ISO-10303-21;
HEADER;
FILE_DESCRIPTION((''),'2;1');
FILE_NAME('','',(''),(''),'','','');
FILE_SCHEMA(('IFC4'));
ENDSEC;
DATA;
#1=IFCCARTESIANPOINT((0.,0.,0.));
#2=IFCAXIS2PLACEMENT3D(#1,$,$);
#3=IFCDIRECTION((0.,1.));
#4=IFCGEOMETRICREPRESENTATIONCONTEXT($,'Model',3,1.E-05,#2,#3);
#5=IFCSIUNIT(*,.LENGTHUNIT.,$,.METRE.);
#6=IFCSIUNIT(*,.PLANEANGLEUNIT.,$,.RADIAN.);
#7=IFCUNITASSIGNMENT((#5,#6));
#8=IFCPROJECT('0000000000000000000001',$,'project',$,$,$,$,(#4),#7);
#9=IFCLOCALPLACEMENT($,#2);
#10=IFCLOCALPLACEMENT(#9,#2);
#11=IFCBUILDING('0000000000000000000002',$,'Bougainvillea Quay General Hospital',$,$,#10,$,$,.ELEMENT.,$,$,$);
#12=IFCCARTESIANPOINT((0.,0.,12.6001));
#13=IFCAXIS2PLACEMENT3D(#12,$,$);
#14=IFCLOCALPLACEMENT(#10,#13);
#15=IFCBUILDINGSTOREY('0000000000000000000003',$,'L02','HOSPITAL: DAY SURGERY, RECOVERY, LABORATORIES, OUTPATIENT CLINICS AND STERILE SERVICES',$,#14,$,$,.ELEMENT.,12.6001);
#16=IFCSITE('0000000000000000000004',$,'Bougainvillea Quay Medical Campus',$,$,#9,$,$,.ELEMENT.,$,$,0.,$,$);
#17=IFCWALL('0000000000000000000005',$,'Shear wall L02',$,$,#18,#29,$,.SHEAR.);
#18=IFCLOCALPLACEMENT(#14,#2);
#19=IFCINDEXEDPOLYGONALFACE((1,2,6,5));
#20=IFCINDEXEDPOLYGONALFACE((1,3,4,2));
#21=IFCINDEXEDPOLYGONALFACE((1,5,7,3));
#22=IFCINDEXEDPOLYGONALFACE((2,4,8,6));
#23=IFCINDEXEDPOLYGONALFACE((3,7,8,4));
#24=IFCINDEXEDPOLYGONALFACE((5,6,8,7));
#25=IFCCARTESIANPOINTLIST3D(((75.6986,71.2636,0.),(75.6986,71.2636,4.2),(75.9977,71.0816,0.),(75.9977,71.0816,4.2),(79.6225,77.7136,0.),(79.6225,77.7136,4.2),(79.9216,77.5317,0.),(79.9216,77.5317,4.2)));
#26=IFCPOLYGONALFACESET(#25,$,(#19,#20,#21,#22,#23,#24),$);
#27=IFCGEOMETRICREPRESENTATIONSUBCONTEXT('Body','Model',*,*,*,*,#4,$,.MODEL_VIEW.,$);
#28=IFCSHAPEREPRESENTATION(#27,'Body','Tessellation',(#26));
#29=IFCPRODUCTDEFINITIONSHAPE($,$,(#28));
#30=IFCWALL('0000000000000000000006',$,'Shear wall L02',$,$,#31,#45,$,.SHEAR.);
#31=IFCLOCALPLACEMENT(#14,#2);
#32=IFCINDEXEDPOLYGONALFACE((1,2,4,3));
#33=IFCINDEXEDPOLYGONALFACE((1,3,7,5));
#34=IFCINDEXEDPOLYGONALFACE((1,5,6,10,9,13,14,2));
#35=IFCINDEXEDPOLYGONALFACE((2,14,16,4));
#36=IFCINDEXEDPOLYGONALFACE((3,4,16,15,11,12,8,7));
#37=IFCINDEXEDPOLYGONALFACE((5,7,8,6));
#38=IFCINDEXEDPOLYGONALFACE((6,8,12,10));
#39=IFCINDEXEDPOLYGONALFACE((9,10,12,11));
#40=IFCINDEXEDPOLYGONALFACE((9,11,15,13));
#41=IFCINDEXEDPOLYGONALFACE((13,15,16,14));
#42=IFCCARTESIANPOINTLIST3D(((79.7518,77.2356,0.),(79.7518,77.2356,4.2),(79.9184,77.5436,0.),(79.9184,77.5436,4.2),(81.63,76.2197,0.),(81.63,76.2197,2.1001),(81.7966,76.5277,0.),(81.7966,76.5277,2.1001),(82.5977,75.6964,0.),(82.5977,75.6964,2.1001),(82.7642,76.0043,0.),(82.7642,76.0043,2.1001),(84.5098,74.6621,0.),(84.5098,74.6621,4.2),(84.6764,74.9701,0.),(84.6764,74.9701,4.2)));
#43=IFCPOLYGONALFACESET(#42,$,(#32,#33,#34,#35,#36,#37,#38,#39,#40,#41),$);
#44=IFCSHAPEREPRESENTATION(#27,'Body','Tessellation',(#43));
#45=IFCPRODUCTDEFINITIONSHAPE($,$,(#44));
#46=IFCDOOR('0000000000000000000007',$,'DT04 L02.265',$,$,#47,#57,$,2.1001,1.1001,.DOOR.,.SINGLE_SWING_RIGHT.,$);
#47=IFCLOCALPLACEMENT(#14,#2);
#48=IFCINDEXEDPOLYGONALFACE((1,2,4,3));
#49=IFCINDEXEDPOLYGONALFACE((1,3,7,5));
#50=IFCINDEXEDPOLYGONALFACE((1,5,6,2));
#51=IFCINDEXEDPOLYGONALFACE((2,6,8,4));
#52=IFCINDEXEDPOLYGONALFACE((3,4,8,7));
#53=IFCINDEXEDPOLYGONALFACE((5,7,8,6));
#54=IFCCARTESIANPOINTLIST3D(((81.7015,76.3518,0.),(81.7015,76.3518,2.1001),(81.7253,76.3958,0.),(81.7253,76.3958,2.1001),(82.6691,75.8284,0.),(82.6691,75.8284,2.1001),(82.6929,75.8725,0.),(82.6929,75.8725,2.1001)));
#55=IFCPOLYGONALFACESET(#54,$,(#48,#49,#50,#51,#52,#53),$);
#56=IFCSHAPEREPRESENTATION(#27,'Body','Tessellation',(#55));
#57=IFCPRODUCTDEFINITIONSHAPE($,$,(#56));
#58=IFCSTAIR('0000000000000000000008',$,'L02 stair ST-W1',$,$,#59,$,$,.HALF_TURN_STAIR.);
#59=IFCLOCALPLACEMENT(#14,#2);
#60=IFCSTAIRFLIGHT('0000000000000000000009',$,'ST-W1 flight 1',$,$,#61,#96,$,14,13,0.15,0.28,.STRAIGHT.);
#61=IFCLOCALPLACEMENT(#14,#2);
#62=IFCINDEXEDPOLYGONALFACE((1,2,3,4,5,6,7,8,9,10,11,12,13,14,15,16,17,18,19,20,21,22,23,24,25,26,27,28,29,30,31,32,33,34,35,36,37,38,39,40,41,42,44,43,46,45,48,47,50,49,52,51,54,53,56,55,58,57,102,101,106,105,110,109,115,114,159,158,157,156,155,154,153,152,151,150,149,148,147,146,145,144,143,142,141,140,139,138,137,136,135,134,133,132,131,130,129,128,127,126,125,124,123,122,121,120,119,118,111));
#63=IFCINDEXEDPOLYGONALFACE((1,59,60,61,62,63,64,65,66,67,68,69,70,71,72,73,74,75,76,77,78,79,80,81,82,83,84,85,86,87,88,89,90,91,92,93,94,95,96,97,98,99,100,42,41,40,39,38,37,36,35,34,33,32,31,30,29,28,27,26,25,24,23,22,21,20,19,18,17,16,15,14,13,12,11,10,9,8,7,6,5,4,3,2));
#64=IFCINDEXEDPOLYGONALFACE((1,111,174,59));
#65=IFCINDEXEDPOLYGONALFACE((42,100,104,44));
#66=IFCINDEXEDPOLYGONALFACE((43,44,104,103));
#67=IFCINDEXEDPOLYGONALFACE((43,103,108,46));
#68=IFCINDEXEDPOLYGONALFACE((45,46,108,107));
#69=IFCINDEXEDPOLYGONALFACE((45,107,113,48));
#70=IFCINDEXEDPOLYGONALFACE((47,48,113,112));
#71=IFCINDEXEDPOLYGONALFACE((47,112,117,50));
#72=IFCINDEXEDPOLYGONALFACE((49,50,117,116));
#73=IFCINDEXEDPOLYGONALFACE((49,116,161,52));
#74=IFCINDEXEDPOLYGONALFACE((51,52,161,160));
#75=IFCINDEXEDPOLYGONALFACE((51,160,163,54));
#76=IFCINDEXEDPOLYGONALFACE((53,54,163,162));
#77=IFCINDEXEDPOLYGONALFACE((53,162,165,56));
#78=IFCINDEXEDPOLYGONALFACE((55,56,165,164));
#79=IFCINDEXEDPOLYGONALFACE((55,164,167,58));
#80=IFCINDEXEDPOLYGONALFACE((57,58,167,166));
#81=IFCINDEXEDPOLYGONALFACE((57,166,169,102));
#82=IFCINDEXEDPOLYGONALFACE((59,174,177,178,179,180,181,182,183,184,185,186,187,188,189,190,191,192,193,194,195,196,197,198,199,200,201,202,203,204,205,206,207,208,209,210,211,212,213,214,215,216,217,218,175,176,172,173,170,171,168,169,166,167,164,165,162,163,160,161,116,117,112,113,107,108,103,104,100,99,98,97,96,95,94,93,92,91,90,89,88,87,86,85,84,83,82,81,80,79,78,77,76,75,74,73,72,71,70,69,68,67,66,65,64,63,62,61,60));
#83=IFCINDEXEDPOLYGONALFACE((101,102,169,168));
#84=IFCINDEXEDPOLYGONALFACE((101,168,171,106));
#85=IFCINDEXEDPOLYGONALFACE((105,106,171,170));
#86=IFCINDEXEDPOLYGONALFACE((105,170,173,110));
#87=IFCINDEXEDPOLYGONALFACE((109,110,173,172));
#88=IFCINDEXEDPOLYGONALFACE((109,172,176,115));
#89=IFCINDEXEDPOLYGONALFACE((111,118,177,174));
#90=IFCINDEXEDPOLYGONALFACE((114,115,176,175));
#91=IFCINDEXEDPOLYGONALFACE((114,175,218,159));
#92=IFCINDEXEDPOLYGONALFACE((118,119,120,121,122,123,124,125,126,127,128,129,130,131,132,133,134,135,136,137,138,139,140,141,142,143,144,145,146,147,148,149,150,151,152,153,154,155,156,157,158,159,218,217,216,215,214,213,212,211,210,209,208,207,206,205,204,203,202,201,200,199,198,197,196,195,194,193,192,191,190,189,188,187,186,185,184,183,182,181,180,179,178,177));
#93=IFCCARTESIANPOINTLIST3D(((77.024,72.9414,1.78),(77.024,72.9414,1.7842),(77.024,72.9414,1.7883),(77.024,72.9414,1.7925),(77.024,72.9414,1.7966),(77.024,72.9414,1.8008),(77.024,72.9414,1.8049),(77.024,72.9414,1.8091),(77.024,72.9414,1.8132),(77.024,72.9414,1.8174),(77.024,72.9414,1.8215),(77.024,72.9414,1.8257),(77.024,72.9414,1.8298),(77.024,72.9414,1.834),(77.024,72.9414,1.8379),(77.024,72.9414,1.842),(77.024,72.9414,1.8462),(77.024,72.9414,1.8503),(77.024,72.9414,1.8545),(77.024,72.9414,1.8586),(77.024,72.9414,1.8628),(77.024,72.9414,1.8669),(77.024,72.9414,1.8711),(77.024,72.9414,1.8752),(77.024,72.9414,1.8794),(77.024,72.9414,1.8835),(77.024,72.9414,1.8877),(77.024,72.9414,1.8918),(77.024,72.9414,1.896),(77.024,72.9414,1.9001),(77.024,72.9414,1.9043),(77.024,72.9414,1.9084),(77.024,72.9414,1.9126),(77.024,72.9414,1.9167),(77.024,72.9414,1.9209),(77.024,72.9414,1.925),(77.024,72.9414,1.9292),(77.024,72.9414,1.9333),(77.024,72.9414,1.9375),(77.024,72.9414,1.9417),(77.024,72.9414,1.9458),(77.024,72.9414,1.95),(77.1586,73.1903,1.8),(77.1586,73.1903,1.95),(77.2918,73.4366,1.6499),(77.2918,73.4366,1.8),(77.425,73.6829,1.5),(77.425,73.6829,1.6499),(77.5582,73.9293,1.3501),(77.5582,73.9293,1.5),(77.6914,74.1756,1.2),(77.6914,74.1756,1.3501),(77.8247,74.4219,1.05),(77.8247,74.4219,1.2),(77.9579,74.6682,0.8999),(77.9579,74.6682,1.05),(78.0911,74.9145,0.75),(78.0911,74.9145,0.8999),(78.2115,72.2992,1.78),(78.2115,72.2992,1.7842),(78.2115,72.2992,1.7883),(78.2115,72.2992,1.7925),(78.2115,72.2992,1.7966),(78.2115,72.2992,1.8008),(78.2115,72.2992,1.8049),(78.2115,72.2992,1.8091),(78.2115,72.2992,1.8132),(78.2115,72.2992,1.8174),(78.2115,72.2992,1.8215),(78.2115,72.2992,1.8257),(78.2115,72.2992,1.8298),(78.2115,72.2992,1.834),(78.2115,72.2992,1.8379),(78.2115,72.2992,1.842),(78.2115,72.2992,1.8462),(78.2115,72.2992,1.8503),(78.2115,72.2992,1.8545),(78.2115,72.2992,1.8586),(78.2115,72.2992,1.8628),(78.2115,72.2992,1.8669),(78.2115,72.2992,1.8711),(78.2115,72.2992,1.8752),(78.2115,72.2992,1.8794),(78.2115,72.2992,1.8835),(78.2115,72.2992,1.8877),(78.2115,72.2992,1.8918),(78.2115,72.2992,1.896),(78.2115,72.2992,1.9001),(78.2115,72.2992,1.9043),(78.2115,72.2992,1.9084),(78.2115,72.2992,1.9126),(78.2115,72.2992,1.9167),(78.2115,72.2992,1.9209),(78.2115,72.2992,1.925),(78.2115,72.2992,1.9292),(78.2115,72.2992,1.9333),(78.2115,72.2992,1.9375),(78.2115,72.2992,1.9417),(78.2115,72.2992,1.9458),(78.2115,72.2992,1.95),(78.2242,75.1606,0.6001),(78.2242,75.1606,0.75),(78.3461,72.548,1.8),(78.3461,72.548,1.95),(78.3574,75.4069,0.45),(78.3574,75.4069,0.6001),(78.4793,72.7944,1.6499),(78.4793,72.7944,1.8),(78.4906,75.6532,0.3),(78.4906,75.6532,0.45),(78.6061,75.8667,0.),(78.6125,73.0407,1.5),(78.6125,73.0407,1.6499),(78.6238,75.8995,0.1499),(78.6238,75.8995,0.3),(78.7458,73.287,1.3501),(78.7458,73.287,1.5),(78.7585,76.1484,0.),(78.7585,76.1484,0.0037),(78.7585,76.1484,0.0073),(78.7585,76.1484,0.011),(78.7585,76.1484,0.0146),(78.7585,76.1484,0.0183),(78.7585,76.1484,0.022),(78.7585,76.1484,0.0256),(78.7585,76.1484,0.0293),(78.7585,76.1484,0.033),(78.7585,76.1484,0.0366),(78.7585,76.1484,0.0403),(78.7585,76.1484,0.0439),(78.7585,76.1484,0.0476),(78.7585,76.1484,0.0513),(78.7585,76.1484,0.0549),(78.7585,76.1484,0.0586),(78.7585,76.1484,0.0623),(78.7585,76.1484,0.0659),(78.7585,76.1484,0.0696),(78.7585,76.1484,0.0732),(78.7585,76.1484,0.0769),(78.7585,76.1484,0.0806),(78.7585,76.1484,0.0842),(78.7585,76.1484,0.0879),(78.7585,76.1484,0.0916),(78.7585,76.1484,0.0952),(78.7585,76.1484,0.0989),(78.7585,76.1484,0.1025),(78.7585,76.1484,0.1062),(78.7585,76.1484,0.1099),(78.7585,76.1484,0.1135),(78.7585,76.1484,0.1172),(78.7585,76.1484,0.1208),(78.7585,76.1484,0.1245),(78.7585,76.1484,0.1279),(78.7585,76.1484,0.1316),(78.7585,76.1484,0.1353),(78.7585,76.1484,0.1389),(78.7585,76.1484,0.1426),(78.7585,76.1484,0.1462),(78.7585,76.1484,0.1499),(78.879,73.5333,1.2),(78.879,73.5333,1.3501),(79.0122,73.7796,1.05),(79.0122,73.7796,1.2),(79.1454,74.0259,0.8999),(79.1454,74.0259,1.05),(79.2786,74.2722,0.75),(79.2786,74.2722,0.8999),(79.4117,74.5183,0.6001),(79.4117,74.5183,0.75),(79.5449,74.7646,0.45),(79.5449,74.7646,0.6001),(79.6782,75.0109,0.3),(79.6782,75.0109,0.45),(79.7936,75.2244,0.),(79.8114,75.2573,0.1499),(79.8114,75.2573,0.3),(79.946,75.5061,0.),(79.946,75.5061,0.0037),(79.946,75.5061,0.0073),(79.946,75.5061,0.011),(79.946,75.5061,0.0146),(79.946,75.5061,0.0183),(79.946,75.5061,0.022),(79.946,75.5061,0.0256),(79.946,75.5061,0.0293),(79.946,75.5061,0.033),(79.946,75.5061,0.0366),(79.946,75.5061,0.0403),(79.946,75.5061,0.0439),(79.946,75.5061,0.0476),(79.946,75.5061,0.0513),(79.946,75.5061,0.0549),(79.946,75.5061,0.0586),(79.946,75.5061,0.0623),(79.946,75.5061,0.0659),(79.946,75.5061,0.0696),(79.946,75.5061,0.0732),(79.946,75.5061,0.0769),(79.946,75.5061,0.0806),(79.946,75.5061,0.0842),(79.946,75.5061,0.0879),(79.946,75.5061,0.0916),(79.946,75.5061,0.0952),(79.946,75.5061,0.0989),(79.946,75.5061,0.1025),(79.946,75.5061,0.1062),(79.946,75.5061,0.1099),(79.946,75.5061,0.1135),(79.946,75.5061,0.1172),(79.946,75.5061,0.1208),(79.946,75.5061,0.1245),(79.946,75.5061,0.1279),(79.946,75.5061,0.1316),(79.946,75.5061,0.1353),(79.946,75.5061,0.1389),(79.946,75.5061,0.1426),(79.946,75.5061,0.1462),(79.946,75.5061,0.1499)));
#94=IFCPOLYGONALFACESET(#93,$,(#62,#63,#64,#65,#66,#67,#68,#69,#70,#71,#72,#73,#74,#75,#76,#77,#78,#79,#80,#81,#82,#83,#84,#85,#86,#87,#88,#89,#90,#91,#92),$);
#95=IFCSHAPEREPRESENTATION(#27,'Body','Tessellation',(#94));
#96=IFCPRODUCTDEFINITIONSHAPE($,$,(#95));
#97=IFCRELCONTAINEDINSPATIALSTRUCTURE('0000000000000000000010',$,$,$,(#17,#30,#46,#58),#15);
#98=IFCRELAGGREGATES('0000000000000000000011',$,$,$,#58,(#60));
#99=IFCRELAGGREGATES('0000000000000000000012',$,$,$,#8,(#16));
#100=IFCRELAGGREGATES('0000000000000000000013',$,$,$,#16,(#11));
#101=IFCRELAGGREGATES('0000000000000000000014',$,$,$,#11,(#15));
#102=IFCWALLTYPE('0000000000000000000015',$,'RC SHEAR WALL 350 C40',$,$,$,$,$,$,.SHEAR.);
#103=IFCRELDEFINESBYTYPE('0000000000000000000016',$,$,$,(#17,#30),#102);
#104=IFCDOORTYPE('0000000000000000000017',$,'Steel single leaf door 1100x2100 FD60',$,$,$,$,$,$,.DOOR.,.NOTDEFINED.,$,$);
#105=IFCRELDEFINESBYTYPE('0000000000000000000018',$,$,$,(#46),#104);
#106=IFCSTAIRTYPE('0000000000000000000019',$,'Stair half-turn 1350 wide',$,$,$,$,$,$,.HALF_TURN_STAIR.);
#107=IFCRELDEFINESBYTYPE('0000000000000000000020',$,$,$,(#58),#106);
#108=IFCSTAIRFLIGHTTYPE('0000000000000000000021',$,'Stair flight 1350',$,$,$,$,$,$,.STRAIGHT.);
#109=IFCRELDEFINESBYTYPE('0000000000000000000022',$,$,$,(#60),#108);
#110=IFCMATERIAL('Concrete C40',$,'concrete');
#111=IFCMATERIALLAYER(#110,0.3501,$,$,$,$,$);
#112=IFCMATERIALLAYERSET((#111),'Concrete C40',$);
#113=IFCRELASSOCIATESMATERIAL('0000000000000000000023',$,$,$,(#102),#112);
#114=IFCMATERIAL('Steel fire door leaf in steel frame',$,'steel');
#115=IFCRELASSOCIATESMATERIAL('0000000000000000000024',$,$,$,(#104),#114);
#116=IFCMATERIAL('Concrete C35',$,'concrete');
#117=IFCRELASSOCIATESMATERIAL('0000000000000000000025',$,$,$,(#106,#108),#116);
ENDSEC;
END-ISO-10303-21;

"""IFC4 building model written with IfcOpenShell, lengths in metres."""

from ifc_helpers import new_model, si_unit, direction, frame, frame_2d, origin, place, context, subcontext, project, spatial, polyline, rectangle, outline, extrude, material, layer, layer_set, type_object, element, fill, aggregate, save


model = new_model("IFC4")

# Units and contexts
model_context = context("Model", 3, precision=1e-05, world=origin(), true_north=direction((0.0, 1.0)))
body_context = subcontext(model_context, "Body", "Model", "MODEL_VIEW")
ifc_project = project(units=[si_unit("LENGTHUNIT", "METRE"), si_unit("PLANEANGLEUNIT", "RADIAN")], contexts=[model_context])

# Site, building, storey
site_placement = place(None, origin())
site = spatial("IfcSite", under=ifc_project, at=site_placement, Name="Bougainvillea Quay Medical Campus", CompositionType="ELEMENT", RefElevation=0.0)
building_placement = place(site_placement, origin())
building = spatial("IfcBuilding", under=site, at=building_placement, Name="Bougainvillea Quay General Hospital", CompositionType="ELEMENT")
storey_placement = place(building_placement, frame((0.0, 0.0, 12.6001)))
storey = spatial("IfcBuildingStorey", under=building, at=storey_placement, Name="L02", Description="HOSPITAL: DAY SURGERY, RECOVERY, LABORATORIES, OUTPATIENT CLINICS AND STERILE SERVICES", CompositionType="ELEMENT", Elevation=12.6001)

# Shared definitions
ifc_material_1 = material(Name="Concrete C40", Category="concrete")

# Wall
ifc_layer_1 = layer(ifc_material_1, 0.3501)
ifc_layer_set_1 = layer_set([ifc_layer_1], Name="Concrete C40")
wall_type_1 = type_object("IfcWallType", Name="RC SHEAR WALL 350 C40", PredefinedType="SHEAR", material=ifc_layer_set_1)
wall_1_placement = place(storey_placement, frame((75.8481, 71.1726, 0.0), z_axis=(0.0, 0.0, 1.0), x_axis=(0.519731, 0.85433, 0.0)))
element("IfcWall", 1, at=wall_1_placement, inside=storey, type_object=wall_type_1, Name="Shear wall L02", PredefinedType="SHEAR", context=body_context, shape_type="SweptSolid", body=[
    extrude(rectangle(XDim=7.5498, YDim=0.3501, at=frame_2d((3.7749, 0.0))), origin(), (0.0, 0.0, 1.0), 4.2),
])

# Wall, opening, door
wall_2_placement = place(storey_placement, frame((84.593, 74.8162, 0.0), z_axis=(0.0, 0.0, 1.0), x_axis=(-0.879586, 0.475741, 0.0)))
wall_2 = element("IfcWall", 2, at=wall_2_placement, inside=storey, type_object=wall_type_1, Name="Shear wall L02", PredefinedType="SHEAR", context=body_context, shape_type="SweptSolid", body=[
    extrude(rectangle(XDim=5.4094, YDim=0.3501, at=frame_2d((2.7046, 0.0))), origin(), (0.0, 0.0, 1.0), 4.2),
])
opening_1_placement = place(wall_2_placement, frame((2.1738, 0.0, 0.0)))
opening_1 = element("IfcOpeningElement", 3, at=opening_1_placement, cuts=wall_2, PredefinedType="OPENING", context=body_context, shape_type="SweptSolid", body=[
    extrude(rectangle(XDim=1.1001, YDim=2.1001, at=frame_2d((0.55, 1.05))), frame((0.0, 0.1851, 0.0), z_axis=(0.0, -1.0, 0.0), x_axis=(1.0, 0.0, 0.0)), (0.0, 0.0, 1.0), 0.3701),
])
ifc_material_2 = material(Name="Steel fire door leaf in steel frame", Category="steel")
door_type_1 = type_object("IfcDoorType", Name="Steel single leaf door 1100x2100 FD60", OperationType="NOTDEFINED", PredefinedType="DOOR", material=ifc_material_2)
door_1_placement = place(opening_1_placement, origin())
door_1 = element("IfcDoor", 4, at=door_1_placement, inside=storey, type_object=door_type_1, Name="DT04 L02.265", OperationType="SINGLE_SWING_RIGHT", OverallHeight=2.1001, OverallWidth=1.1001, PredefinedType="DOOR", context=body_context, shape_type="SweptSolid", body=[
    extrude(rectangle(XDim=1.1001, YDim=2.1001, at=frame_2d((0.55, 1.05))), frame((0.0, 0.0249, 0.0), z_axis=(0.0, -1.0, 0.0), x_axis=(1.0, 0.0, 0.0)), (0.0, 0.0, 1.0), 0.05),
])
fill(opening_1, door_1)

# Stair, stair flight
ifc_material_3 = material(Name="Concrete C35", Category="concrete")
stair_type = type_object("IfcStairType", Name="Stair half-turn 1350 wide", PredefinedType="HALF_TURN_STAIR", material=ifc_material_3)
stair_placement = place(storey_placement, origin())
stair = element("IfcStair", 5, at=stair_placement, inside=storey, type_object=stair_type, Name="L02 stair ST-W1", PredefinedType="HALF_TURN_STAIR")
stair_flight_type = type_object("IfcStairFlightType", Name="Stair flight 1350", PredefinedType="STRAIGHT", material=ifc_material_3)
stair_flight_placement = place(storey_placement, frame((79.3508, 75.8247, 0.0), z_axis=(0.0, 0.0, 1.0), x_axis=(-0.475726, -0.879594, 0.0)))
stair_flight = element("IfcStairFlight", 6, at=stair_flight_placement, type_object=stair_flight_type, Name="ST-W1 flight 1", NumberOfRisers=14, NumberOfTreads=13, PredefinedType="STRAIGHT", RiserHeight=0.15, TreadLength=0.28, context=body_context, shape_type="SweptSolid", body=[
    extrude(outline(polyline([(-0.0029, 0.0), (-0.0029, 0.0037), (-0.0029, 0.0073), (-0.0029, 0.011), (-0.0029, 0.0146), (-0.0029, 0.0183), (-0.0029, 0.022), (-0.0029, 0.0256), (-0.0029, 0.0293), (-0.0029, 0.033), (-0.0029, 0.0366), (-0.0029, 0.0403), (-0.0029, 0.0439), (-0.0029, 0.0476), (-0.0029, 0.0513), (-0.0029, 0.0549), (-0.0029, 0.0586), (-0.0029, 0.0623), (-0.0029, 0.0659), (-0.0029, 0.0696), (-0.0029, 0.0732), (-0.0029, 0.0769), (-0.0029, 0.0806), (-0.0029, 0.0842), (-0.0029, 0.0879), (-0.0029, 0.0916), (-0.0029, 0.0952), (-0.0029, 0.0989), (-0.0029, 0.1025), (-0.0029, 0.1062), (-0.0029, 0.1099), (-0.0029, 0.1135), (-0.0029, 0.1172), (-0.0029, 0.1208), (-0.0029, 0.1245), (-0.0029, 0.1279), (-0.0029, 0.1316), (-0.0029, 0.1353), (-0.0029, 0.1389), (-0.0029, 0.1426), (-0.0029, 0.1462), (-0.0029, 0.1499), (0.28, 0.1499), (0.28, 0.3), (0.5601, 0.3), (0.5601, 0.45), (0.8401, 0.45), (0.8401, 0.6001), (1.1201, 0.6001), (1.1201, 0.75), (1.3999, 0.75), (1.3999, 0.8999), (1.6799, 0.8999), (1.6799, 1.05), (1.96, 1.05), (1.96, 1.2), (2.24, 1.2), (2.24, 1.3501), (2.52, 1.3501), (2.52, 1.5), (2.8, 1.5), (2.8, 1.6499), (3.0801, 1.6499), (3.0801, 1.8), (3.3601, 1.8), (3.3601, 1.95), (3.6431, 1.95), (3.6431, 1.9458), (3.6431, 1.9417), (3.6431, 1.9375), (3.6431, 1.9333), (3.6431, 1.9292), (3.6431, 1.925), (3.6431, 1.9209), (3.6431, 1.9167), (3.6431, 1.9126), (3.6431, 1.9084), (3.6431, 1.9043), (3.6431, 1.9001), (3.6431, 1.896), (3.6431, 1.8918), (3.6431, 1.8877), (3.6431, 1.8835), (3.6431, 1.8794), (3.6431, 1.8752), (3.6431, 1.8711), (3.6431, 1.8669), (3.6431, 1.8628), (3.6431, 1.8586), (3.6431, 1.8545), (3.6431, 1.8503), (3.6431, 1.8462), (3.6431, 1.842), (3.6431, 1.8379), (3.6431, 1.834), (3.6431, 1.8298), (3.6431, 1.8257), (3.6431, 1.8215), (3.6431, 1.8174), (3.6431, 1.8132), (3.6431, 1.8091), (3.6431, 1.8049), (3.6431, 1.8008), (3.6431, 1.7966), (3.6431, 1.7925), (3.6431, 1.7883), (3.6431, 1.7842), (3.6431, 1.78), (0.3174, 0.0), (-0.0029, 0.0)])), frame((0.0, 0.675, 0.0), z_axis=(0.0, -1.0, 0.0), x_axis=(1.0, 0.0, 0.0)), (0.0, 0.0, 1.0), 1.3501),
])
aggregate(stair, [stair_flight])

save(model, "model.ifc")
